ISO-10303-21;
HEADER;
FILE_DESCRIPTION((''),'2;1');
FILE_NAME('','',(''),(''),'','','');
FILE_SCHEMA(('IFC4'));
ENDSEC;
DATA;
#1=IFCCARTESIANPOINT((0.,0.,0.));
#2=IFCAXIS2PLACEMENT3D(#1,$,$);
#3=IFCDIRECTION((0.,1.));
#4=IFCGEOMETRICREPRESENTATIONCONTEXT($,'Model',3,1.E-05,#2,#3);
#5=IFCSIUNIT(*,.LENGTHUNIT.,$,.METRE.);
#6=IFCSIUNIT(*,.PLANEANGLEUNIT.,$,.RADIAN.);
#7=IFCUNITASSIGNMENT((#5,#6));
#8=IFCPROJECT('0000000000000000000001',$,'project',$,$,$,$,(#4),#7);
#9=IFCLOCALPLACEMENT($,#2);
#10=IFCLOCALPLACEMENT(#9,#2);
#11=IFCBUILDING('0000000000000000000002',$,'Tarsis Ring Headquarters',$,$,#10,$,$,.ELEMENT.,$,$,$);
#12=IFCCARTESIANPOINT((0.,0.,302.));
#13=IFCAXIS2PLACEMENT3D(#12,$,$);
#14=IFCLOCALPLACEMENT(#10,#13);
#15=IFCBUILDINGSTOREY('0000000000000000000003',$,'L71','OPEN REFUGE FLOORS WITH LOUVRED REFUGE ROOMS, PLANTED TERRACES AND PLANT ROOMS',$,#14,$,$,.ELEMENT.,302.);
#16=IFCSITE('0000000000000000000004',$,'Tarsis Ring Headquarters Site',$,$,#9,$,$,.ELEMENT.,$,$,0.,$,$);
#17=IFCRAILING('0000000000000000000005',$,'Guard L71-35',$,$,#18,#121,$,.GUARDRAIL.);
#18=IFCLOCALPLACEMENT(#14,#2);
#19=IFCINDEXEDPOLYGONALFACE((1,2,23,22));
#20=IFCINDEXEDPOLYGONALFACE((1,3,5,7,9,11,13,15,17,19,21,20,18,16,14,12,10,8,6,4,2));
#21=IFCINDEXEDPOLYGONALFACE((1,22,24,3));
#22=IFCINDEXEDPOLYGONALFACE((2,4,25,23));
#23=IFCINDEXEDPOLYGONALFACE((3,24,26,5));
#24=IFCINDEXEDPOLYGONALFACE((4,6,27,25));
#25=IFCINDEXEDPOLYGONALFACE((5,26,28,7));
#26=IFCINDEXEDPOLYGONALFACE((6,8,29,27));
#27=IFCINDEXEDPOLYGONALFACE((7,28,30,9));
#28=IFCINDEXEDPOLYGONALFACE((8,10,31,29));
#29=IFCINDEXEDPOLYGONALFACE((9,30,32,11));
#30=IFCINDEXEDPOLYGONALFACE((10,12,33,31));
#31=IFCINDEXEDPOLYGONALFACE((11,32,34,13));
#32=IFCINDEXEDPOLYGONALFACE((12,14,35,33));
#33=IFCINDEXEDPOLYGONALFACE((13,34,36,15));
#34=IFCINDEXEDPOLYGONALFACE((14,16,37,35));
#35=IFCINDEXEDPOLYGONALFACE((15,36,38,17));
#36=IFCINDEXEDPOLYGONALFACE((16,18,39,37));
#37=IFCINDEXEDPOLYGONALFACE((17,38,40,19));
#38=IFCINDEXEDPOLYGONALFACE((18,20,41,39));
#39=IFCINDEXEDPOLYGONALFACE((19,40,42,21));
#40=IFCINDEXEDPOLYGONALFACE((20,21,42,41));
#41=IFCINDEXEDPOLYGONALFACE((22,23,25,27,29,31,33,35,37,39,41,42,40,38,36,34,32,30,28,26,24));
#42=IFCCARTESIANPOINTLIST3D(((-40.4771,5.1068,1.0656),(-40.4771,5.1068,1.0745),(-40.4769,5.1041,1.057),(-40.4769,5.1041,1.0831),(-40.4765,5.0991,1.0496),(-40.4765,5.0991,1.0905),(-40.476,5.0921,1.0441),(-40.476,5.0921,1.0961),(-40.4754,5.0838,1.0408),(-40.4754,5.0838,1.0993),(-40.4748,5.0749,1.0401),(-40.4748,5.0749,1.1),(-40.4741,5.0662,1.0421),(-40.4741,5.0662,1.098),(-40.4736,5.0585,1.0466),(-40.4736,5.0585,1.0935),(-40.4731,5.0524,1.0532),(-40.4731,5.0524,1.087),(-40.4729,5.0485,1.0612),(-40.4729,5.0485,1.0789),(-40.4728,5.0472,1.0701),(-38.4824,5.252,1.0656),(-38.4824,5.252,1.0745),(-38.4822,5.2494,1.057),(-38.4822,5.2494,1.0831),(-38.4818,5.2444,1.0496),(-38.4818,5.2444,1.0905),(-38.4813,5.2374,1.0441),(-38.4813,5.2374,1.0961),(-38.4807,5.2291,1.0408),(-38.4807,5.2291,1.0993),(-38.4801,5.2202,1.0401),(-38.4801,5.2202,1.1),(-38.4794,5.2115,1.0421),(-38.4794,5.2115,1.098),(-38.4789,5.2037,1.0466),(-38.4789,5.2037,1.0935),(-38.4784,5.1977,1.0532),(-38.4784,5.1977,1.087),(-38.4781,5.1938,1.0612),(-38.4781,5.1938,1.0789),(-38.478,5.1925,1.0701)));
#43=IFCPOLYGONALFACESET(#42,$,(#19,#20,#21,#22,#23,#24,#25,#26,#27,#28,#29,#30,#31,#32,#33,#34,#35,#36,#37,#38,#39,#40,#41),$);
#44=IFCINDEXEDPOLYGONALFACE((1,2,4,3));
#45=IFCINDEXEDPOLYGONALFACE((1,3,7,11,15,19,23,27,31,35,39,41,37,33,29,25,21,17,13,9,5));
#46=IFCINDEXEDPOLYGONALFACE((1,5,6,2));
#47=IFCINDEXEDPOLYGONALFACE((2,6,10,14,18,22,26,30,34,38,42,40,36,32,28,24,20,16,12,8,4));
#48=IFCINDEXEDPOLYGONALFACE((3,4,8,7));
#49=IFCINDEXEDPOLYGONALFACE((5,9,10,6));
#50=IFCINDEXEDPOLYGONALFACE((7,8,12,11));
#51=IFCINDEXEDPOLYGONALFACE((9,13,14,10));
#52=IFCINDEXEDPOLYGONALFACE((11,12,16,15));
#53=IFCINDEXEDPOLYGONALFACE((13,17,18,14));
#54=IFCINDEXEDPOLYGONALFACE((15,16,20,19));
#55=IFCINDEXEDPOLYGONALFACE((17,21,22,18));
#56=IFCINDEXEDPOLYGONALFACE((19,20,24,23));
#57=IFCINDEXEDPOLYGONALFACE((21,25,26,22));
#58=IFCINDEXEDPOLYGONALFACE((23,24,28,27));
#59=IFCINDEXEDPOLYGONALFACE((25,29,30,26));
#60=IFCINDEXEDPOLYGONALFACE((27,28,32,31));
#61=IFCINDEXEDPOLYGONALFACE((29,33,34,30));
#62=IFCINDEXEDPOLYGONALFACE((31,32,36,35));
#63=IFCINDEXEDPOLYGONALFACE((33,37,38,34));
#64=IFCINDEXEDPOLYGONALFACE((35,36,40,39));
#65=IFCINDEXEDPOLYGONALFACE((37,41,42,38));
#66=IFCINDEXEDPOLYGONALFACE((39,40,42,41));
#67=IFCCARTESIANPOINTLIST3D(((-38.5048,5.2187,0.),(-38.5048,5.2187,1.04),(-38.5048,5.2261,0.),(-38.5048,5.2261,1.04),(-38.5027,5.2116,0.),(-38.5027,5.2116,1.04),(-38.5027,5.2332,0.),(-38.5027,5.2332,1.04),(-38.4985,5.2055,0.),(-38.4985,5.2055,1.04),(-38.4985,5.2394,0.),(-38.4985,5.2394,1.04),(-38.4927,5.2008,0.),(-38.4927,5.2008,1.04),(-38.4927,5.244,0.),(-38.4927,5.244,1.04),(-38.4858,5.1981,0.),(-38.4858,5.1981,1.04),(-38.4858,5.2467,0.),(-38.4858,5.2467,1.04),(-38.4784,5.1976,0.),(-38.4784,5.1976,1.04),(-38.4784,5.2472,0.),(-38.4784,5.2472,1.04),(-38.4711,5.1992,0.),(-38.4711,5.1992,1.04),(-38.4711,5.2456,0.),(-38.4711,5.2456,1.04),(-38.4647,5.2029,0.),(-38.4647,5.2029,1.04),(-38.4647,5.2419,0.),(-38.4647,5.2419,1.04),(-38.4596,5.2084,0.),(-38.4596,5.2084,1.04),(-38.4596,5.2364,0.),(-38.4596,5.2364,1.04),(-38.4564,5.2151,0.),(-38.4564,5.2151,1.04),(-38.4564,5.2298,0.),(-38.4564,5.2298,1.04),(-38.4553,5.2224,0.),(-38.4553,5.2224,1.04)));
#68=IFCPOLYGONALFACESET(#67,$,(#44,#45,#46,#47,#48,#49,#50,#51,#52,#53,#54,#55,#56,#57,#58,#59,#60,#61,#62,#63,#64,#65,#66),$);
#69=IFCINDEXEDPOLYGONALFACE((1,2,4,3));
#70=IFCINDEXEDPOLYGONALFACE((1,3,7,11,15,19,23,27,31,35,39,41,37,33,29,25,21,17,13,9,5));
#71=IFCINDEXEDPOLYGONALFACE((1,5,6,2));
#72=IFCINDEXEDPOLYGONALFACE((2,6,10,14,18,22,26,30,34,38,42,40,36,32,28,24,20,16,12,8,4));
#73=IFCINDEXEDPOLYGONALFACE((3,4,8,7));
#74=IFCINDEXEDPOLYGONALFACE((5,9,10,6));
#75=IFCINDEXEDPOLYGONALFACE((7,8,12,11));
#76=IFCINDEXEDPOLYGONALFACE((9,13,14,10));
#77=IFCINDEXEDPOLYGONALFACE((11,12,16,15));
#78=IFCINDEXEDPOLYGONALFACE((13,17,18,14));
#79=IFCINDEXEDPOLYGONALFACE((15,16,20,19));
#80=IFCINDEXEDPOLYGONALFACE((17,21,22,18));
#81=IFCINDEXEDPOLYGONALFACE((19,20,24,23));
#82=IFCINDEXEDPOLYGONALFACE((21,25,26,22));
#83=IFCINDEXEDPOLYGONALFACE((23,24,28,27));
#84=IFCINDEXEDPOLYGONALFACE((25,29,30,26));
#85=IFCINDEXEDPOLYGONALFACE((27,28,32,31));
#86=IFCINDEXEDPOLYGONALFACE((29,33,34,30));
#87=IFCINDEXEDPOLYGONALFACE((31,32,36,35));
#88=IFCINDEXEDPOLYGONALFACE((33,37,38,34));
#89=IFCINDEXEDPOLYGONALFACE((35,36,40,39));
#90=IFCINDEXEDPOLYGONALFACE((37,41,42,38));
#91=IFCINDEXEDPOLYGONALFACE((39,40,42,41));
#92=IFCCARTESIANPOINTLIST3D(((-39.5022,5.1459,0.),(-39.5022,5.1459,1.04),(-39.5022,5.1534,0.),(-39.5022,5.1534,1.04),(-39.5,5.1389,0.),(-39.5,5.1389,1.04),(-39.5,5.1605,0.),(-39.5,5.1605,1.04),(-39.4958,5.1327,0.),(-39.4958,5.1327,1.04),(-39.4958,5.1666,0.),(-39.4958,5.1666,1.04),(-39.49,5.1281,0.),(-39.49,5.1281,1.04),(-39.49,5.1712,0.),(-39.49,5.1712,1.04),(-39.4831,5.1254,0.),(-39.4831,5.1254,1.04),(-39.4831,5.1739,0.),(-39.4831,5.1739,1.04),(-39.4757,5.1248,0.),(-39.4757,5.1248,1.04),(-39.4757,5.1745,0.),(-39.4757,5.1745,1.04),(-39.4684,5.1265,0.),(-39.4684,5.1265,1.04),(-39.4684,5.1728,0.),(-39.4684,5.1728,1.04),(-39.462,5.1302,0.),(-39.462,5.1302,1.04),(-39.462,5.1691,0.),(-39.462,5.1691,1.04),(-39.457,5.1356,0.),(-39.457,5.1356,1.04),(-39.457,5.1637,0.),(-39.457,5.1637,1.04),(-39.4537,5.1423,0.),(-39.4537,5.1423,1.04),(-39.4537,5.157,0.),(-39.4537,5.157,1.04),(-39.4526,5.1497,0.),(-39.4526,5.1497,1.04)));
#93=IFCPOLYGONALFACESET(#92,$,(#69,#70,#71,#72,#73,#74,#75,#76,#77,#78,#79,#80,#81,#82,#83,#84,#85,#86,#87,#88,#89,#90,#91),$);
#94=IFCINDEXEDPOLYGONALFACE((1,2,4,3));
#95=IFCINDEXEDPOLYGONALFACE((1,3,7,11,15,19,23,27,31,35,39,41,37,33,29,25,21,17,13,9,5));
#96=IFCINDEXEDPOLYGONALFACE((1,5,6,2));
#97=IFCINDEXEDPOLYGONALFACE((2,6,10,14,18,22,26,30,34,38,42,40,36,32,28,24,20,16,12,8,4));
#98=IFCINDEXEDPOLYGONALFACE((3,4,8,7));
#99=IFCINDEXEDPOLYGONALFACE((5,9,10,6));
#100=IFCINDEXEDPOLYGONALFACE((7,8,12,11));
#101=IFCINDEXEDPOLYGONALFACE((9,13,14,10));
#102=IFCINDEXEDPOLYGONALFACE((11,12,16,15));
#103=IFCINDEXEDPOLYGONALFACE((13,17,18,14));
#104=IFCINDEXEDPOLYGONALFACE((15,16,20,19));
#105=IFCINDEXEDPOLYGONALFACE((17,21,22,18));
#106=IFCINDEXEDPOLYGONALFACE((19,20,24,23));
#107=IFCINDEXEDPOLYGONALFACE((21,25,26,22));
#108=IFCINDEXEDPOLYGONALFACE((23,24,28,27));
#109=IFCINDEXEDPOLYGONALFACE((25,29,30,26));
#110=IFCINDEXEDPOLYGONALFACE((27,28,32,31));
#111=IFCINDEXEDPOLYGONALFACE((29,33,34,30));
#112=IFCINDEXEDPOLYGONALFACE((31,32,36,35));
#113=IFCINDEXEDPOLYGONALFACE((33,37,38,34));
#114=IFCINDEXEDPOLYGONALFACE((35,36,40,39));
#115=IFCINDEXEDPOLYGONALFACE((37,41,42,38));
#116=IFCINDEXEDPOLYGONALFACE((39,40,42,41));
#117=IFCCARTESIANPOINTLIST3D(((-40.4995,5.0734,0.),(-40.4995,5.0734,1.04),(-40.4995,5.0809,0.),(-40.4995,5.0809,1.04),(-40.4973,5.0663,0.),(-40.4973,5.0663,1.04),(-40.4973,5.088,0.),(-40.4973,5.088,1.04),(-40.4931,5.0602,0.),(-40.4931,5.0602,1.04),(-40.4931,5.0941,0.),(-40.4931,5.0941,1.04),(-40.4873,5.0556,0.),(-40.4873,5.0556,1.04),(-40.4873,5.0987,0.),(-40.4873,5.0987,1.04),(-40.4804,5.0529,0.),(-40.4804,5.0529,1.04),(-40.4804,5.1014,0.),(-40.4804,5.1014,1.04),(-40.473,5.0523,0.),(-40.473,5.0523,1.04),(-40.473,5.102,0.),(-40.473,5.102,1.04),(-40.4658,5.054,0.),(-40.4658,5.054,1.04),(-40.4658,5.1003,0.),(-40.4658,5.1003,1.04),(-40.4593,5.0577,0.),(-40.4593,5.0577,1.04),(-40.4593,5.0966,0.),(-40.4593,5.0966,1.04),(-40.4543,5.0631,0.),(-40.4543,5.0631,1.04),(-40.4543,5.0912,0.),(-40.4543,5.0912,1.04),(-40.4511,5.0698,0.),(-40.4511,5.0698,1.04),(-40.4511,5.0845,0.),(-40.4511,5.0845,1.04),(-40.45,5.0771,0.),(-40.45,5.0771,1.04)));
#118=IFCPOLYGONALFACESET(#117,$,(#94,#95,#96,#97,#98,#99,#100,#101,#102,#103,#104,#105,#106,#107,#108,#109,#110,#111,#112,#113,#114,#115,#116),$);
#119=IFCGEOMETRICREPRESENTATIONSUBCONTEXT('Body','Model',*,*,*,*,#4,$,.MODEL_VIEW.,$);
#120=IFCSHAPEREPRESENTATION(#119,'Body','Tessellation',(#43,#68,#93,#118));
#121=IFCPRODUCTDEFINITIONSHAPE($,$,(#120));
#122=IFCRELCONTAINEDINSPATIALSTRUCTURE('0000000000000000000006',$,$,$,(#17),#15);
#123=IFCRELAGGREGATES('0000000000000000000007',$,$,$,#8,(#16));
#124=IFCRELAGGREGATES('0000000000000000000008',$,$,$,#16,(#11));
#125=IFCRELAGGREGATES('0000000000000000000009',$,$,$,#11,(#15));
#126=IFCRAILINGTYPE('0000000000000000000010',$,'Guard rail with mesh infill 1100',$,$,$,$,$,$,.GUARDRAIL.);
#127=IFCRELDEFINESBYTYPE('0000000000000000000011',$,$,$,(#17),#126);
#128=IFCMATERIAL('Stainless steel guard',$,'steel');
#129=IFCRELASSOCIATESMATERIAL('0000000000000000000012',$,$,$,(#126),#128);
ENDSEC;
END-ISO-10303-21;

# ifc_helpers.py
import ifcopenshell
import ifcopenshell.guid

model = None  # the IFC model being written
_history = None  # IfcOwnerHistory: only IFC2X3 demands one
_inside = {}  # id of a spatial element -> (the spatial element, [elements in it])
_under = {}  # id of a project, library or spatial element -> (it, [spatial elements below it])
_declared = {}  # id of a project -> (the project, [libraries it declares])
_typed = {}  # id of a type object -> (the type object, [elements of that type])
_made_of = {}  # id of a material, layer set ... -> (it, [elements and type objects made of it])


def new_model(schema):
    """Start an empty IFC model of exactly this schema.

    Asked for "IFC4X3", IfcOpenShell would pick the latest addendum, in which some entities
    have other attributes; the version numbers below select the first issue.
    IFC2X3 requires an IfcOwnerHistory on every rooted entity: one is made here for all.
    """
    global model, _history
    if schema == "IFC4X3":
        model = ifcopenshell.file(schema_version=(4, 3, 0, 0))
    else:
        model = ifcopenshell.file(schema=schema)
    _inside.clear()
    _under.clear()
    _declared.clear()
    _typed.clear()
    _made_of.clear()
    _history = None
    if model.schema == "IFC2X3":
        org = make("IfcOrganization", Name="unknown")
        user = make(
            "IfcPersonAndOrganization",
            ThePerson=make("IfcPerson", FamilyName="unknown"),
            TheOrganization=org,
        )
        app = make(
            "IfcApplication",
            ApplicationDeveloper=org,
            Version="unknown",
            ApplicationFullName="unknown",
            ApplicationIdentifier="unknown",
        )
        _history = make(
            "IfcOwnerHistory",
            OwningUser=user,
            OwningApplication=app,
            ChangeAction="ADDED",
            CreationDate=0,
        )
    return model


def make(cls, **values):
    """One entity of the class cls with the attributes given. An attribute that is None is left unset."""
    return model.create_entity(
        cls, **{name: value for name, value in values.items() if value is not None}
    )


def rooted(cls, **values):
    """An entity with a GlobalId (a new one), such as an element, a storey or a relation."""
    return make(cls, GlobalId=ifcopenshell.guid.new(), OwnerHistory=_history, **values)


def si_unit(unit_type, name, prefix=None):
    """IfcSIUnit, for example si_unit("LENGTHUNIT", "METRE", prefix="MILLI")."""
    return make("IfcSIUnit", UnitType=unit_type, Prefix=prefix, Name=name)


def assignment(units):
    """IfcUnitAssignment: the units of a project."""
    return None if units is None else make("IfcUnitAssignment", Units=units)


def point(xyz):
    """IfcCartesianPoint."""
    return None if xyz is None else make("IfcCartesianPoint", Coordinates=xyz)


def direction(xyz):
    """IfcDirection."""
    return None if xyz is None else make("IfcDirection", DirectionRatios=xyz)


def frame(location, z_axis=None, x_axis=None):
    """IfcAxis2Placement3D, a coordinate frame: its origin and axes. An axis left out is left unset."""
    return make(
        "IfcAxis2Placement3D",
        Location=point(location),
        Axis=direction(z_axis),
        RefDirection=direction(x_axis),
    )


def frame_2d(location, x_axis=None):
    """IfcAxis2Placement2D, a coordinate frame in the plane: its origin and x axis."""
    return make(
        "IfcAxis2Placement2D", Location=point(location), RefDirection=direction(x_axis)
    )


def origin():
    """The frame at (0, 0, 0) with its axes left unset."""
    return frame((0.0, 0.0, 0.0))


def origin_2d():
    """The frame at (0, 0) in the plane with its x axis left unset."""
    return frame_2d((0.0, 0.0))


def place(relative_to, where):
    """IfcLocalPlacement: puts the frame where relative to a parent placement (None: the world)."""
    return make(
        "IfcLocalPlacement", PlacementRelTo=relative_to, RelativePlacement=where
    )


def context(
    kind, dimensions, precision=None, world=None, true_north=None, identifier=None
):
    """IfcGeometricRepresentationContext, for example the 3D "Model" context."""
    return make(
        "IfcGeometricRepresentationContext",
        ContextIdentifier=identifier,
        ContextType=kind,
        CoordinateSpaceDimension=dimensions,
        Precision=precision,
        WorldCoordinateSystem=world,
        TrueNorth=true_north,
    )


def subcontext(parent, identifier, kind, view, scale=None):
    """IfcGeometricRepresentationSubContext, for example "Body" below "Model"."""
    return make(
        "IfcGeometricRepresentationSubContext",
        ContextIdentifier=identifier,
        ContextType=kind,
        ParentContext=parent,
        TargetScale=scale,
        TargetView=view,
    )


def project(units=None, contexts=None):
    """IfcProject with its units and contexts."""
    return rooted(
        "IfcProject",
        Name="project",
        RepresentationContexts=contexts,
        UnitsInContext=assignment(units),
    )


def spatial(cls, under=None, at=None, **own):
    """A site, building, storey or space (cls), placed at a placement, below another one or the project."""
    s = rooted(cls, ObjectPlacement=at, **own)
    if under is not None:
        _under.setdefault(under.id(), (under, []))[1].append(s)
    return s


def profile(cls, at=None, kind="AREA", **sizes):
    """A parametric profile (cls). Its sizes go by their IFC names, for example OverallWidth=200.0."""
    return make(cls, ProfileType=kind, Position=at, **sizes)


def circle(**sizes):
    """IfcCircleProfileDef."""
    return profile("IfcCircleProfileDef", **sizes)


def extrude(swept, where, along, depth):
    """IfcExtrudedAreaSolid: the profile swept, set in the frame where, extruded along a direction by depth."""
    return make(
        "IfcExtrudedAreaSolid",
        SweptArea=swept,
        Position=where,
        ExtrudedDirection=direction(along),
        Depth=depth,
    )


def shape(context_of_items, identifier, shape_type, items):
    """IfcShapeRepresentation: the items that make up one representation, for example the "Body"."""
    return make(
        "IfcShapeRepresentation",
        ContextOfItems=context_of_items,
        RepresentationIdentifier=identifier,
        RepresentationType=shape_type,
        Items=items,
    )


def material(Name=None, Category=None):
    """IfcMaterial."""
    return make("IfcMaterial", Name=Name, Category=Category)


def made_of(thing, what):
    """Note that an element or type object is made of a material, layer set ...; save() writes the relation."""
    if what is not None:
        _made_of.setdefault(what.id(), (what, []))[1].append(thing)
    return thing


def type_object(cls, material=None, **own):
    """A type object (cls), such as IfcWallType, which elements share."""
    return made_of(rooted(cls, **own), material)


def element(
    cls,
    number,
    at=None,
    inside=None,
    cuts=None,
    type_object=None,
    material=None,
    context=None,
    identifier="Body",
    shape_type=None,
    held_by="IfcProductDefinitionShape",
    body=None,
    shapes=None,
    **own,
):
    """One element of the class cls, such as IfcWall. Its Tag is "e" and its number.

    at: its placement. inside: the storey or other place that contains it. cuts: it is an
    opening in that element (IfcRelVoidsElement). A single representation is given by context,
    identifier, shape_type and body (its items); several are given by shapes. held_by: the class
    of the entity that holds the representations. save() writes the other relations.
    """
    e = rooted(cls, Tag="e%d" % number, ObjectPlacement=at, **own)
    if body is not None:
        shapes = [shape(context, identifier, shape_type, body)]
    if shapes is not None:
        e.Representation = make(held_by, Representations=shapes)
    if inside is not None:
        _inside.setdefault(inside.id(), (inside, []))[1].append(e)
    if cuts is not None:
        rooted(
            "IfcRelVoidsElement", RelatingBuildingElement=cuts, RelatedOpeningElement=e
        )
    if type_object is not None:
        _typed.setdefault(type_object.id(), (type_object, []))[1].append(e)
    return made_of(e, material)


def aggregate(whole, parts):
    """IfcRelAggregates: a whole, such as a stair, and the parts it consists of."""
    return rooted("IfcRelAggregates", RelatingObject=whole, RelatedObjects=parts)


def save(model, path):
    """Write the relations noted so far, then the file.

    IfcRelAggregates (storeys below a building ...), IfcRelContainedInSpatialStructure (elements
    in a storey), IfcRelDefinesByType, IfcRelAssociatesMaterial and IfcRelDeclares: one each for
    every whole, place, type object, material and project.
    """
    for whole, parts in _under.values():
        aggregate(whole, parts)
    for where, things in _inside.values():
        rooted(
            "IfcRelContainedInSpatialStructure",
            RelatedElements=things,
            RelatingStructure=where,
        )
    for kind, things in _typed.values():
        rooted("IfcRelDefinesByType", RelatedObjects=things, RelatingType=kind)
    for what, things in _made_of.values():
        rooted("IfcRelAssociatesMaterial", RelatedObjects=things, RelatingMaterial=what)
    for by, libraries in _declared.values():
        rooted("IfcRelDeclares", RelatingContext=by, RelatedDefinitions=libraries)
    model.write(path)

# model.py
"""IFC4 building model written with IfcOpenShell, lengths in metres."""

from ifc_helpers import new_model, si_unit, direction, frame, origin, origin_2d, place, context, subcontext, project, spatial, circle, extrude, material, type_object, element, save


model = new_model("IFC4")

# Units and contexts
model_context = context("Model", 3, precision=1e-05, world=origin(), true_north=direction((0.0, 1.0)))
body_context = subcontext(model_context, "Body", "Model", "MODEL_VIEW")
ifc_project = project(units=[si_unit("LENGTHUNIT", "METRE"), si_unit("PLANEANGLEUNIT", "RADIAN")], contexts=[model_context])

# Site, building, storey
site_placement = place(None, origin())
site = spatial("IfcSite", under=ifc_project, at=site_placement, Name="Tarsis Ring Headquarters Site", CompositionType="ELEMENT", RefElevation=0.0)
building_placement = place(site_placement, origin())
building = spatial("IfcBuilding", under=site, at=building_placement, Name="Tarsis Ring Headquarters", CompositionType="ELEMENT")
storey_placement = place(building_placement, frame((0.0, 0.0, 302.0)))
storey = spatial("IfcBuildingStorey", under=building, at=storey_placement, Name="L71", Description="OPEN REFUGE FLOORS WITH LOUVRED REFUGE ROOMS, PLANTED TERRACES AND PLANT ROOMS", CompositionType="ELEMENT", Elevation=302.0)

# Railing
ifc_material_1 = material(Name="Stainless steel guard", Category="steel")
railing_type_1 = type_object("IfcRailingType", Name="Guard rail with mesh infill 1100", PredefinedType="GUARDRAIL", material=ifc_material_1)
railing_1_placement = place(storey_placement, frame((-38.4802, 5.2224, 0.0)))
element("IfcRailing", 1, at=railing_1_placement, inside=storey, type_object=railing_type_1, Name="Guard L71-35", PredefinedType="GUARDRAIL", context=body_context, shape_type="SweptSolid", body=[
    extrude(circle(Radius=0.03, at=origin_2d()), frame((0.0, 0.0, 1.0701), z_axis=(-0.997359, -0.072635, 0.0), x_axis=(0.072635, -0.997359, 0.0)), (0.0, 0.0, 1.0), 2.0),
    extrude(circle(Radius=0.0249, at=origin_2d()), origin(), (0.0, 0.0, 1.0), 1.04),
    extrude(circle(Radius=0.0249, at=origin_2d()), frame((-0.9973, -0.0728, 0.0)), (0.0, 0.0, 1.0), 1.04),
    extrude(circle(Radius=0.0249, at=origin_2d()), frame((-1.9946, -0.1453, 0.0)), (0.0, 0.0, 1.0), 1.04),
])

save(model, "model.ifc")
